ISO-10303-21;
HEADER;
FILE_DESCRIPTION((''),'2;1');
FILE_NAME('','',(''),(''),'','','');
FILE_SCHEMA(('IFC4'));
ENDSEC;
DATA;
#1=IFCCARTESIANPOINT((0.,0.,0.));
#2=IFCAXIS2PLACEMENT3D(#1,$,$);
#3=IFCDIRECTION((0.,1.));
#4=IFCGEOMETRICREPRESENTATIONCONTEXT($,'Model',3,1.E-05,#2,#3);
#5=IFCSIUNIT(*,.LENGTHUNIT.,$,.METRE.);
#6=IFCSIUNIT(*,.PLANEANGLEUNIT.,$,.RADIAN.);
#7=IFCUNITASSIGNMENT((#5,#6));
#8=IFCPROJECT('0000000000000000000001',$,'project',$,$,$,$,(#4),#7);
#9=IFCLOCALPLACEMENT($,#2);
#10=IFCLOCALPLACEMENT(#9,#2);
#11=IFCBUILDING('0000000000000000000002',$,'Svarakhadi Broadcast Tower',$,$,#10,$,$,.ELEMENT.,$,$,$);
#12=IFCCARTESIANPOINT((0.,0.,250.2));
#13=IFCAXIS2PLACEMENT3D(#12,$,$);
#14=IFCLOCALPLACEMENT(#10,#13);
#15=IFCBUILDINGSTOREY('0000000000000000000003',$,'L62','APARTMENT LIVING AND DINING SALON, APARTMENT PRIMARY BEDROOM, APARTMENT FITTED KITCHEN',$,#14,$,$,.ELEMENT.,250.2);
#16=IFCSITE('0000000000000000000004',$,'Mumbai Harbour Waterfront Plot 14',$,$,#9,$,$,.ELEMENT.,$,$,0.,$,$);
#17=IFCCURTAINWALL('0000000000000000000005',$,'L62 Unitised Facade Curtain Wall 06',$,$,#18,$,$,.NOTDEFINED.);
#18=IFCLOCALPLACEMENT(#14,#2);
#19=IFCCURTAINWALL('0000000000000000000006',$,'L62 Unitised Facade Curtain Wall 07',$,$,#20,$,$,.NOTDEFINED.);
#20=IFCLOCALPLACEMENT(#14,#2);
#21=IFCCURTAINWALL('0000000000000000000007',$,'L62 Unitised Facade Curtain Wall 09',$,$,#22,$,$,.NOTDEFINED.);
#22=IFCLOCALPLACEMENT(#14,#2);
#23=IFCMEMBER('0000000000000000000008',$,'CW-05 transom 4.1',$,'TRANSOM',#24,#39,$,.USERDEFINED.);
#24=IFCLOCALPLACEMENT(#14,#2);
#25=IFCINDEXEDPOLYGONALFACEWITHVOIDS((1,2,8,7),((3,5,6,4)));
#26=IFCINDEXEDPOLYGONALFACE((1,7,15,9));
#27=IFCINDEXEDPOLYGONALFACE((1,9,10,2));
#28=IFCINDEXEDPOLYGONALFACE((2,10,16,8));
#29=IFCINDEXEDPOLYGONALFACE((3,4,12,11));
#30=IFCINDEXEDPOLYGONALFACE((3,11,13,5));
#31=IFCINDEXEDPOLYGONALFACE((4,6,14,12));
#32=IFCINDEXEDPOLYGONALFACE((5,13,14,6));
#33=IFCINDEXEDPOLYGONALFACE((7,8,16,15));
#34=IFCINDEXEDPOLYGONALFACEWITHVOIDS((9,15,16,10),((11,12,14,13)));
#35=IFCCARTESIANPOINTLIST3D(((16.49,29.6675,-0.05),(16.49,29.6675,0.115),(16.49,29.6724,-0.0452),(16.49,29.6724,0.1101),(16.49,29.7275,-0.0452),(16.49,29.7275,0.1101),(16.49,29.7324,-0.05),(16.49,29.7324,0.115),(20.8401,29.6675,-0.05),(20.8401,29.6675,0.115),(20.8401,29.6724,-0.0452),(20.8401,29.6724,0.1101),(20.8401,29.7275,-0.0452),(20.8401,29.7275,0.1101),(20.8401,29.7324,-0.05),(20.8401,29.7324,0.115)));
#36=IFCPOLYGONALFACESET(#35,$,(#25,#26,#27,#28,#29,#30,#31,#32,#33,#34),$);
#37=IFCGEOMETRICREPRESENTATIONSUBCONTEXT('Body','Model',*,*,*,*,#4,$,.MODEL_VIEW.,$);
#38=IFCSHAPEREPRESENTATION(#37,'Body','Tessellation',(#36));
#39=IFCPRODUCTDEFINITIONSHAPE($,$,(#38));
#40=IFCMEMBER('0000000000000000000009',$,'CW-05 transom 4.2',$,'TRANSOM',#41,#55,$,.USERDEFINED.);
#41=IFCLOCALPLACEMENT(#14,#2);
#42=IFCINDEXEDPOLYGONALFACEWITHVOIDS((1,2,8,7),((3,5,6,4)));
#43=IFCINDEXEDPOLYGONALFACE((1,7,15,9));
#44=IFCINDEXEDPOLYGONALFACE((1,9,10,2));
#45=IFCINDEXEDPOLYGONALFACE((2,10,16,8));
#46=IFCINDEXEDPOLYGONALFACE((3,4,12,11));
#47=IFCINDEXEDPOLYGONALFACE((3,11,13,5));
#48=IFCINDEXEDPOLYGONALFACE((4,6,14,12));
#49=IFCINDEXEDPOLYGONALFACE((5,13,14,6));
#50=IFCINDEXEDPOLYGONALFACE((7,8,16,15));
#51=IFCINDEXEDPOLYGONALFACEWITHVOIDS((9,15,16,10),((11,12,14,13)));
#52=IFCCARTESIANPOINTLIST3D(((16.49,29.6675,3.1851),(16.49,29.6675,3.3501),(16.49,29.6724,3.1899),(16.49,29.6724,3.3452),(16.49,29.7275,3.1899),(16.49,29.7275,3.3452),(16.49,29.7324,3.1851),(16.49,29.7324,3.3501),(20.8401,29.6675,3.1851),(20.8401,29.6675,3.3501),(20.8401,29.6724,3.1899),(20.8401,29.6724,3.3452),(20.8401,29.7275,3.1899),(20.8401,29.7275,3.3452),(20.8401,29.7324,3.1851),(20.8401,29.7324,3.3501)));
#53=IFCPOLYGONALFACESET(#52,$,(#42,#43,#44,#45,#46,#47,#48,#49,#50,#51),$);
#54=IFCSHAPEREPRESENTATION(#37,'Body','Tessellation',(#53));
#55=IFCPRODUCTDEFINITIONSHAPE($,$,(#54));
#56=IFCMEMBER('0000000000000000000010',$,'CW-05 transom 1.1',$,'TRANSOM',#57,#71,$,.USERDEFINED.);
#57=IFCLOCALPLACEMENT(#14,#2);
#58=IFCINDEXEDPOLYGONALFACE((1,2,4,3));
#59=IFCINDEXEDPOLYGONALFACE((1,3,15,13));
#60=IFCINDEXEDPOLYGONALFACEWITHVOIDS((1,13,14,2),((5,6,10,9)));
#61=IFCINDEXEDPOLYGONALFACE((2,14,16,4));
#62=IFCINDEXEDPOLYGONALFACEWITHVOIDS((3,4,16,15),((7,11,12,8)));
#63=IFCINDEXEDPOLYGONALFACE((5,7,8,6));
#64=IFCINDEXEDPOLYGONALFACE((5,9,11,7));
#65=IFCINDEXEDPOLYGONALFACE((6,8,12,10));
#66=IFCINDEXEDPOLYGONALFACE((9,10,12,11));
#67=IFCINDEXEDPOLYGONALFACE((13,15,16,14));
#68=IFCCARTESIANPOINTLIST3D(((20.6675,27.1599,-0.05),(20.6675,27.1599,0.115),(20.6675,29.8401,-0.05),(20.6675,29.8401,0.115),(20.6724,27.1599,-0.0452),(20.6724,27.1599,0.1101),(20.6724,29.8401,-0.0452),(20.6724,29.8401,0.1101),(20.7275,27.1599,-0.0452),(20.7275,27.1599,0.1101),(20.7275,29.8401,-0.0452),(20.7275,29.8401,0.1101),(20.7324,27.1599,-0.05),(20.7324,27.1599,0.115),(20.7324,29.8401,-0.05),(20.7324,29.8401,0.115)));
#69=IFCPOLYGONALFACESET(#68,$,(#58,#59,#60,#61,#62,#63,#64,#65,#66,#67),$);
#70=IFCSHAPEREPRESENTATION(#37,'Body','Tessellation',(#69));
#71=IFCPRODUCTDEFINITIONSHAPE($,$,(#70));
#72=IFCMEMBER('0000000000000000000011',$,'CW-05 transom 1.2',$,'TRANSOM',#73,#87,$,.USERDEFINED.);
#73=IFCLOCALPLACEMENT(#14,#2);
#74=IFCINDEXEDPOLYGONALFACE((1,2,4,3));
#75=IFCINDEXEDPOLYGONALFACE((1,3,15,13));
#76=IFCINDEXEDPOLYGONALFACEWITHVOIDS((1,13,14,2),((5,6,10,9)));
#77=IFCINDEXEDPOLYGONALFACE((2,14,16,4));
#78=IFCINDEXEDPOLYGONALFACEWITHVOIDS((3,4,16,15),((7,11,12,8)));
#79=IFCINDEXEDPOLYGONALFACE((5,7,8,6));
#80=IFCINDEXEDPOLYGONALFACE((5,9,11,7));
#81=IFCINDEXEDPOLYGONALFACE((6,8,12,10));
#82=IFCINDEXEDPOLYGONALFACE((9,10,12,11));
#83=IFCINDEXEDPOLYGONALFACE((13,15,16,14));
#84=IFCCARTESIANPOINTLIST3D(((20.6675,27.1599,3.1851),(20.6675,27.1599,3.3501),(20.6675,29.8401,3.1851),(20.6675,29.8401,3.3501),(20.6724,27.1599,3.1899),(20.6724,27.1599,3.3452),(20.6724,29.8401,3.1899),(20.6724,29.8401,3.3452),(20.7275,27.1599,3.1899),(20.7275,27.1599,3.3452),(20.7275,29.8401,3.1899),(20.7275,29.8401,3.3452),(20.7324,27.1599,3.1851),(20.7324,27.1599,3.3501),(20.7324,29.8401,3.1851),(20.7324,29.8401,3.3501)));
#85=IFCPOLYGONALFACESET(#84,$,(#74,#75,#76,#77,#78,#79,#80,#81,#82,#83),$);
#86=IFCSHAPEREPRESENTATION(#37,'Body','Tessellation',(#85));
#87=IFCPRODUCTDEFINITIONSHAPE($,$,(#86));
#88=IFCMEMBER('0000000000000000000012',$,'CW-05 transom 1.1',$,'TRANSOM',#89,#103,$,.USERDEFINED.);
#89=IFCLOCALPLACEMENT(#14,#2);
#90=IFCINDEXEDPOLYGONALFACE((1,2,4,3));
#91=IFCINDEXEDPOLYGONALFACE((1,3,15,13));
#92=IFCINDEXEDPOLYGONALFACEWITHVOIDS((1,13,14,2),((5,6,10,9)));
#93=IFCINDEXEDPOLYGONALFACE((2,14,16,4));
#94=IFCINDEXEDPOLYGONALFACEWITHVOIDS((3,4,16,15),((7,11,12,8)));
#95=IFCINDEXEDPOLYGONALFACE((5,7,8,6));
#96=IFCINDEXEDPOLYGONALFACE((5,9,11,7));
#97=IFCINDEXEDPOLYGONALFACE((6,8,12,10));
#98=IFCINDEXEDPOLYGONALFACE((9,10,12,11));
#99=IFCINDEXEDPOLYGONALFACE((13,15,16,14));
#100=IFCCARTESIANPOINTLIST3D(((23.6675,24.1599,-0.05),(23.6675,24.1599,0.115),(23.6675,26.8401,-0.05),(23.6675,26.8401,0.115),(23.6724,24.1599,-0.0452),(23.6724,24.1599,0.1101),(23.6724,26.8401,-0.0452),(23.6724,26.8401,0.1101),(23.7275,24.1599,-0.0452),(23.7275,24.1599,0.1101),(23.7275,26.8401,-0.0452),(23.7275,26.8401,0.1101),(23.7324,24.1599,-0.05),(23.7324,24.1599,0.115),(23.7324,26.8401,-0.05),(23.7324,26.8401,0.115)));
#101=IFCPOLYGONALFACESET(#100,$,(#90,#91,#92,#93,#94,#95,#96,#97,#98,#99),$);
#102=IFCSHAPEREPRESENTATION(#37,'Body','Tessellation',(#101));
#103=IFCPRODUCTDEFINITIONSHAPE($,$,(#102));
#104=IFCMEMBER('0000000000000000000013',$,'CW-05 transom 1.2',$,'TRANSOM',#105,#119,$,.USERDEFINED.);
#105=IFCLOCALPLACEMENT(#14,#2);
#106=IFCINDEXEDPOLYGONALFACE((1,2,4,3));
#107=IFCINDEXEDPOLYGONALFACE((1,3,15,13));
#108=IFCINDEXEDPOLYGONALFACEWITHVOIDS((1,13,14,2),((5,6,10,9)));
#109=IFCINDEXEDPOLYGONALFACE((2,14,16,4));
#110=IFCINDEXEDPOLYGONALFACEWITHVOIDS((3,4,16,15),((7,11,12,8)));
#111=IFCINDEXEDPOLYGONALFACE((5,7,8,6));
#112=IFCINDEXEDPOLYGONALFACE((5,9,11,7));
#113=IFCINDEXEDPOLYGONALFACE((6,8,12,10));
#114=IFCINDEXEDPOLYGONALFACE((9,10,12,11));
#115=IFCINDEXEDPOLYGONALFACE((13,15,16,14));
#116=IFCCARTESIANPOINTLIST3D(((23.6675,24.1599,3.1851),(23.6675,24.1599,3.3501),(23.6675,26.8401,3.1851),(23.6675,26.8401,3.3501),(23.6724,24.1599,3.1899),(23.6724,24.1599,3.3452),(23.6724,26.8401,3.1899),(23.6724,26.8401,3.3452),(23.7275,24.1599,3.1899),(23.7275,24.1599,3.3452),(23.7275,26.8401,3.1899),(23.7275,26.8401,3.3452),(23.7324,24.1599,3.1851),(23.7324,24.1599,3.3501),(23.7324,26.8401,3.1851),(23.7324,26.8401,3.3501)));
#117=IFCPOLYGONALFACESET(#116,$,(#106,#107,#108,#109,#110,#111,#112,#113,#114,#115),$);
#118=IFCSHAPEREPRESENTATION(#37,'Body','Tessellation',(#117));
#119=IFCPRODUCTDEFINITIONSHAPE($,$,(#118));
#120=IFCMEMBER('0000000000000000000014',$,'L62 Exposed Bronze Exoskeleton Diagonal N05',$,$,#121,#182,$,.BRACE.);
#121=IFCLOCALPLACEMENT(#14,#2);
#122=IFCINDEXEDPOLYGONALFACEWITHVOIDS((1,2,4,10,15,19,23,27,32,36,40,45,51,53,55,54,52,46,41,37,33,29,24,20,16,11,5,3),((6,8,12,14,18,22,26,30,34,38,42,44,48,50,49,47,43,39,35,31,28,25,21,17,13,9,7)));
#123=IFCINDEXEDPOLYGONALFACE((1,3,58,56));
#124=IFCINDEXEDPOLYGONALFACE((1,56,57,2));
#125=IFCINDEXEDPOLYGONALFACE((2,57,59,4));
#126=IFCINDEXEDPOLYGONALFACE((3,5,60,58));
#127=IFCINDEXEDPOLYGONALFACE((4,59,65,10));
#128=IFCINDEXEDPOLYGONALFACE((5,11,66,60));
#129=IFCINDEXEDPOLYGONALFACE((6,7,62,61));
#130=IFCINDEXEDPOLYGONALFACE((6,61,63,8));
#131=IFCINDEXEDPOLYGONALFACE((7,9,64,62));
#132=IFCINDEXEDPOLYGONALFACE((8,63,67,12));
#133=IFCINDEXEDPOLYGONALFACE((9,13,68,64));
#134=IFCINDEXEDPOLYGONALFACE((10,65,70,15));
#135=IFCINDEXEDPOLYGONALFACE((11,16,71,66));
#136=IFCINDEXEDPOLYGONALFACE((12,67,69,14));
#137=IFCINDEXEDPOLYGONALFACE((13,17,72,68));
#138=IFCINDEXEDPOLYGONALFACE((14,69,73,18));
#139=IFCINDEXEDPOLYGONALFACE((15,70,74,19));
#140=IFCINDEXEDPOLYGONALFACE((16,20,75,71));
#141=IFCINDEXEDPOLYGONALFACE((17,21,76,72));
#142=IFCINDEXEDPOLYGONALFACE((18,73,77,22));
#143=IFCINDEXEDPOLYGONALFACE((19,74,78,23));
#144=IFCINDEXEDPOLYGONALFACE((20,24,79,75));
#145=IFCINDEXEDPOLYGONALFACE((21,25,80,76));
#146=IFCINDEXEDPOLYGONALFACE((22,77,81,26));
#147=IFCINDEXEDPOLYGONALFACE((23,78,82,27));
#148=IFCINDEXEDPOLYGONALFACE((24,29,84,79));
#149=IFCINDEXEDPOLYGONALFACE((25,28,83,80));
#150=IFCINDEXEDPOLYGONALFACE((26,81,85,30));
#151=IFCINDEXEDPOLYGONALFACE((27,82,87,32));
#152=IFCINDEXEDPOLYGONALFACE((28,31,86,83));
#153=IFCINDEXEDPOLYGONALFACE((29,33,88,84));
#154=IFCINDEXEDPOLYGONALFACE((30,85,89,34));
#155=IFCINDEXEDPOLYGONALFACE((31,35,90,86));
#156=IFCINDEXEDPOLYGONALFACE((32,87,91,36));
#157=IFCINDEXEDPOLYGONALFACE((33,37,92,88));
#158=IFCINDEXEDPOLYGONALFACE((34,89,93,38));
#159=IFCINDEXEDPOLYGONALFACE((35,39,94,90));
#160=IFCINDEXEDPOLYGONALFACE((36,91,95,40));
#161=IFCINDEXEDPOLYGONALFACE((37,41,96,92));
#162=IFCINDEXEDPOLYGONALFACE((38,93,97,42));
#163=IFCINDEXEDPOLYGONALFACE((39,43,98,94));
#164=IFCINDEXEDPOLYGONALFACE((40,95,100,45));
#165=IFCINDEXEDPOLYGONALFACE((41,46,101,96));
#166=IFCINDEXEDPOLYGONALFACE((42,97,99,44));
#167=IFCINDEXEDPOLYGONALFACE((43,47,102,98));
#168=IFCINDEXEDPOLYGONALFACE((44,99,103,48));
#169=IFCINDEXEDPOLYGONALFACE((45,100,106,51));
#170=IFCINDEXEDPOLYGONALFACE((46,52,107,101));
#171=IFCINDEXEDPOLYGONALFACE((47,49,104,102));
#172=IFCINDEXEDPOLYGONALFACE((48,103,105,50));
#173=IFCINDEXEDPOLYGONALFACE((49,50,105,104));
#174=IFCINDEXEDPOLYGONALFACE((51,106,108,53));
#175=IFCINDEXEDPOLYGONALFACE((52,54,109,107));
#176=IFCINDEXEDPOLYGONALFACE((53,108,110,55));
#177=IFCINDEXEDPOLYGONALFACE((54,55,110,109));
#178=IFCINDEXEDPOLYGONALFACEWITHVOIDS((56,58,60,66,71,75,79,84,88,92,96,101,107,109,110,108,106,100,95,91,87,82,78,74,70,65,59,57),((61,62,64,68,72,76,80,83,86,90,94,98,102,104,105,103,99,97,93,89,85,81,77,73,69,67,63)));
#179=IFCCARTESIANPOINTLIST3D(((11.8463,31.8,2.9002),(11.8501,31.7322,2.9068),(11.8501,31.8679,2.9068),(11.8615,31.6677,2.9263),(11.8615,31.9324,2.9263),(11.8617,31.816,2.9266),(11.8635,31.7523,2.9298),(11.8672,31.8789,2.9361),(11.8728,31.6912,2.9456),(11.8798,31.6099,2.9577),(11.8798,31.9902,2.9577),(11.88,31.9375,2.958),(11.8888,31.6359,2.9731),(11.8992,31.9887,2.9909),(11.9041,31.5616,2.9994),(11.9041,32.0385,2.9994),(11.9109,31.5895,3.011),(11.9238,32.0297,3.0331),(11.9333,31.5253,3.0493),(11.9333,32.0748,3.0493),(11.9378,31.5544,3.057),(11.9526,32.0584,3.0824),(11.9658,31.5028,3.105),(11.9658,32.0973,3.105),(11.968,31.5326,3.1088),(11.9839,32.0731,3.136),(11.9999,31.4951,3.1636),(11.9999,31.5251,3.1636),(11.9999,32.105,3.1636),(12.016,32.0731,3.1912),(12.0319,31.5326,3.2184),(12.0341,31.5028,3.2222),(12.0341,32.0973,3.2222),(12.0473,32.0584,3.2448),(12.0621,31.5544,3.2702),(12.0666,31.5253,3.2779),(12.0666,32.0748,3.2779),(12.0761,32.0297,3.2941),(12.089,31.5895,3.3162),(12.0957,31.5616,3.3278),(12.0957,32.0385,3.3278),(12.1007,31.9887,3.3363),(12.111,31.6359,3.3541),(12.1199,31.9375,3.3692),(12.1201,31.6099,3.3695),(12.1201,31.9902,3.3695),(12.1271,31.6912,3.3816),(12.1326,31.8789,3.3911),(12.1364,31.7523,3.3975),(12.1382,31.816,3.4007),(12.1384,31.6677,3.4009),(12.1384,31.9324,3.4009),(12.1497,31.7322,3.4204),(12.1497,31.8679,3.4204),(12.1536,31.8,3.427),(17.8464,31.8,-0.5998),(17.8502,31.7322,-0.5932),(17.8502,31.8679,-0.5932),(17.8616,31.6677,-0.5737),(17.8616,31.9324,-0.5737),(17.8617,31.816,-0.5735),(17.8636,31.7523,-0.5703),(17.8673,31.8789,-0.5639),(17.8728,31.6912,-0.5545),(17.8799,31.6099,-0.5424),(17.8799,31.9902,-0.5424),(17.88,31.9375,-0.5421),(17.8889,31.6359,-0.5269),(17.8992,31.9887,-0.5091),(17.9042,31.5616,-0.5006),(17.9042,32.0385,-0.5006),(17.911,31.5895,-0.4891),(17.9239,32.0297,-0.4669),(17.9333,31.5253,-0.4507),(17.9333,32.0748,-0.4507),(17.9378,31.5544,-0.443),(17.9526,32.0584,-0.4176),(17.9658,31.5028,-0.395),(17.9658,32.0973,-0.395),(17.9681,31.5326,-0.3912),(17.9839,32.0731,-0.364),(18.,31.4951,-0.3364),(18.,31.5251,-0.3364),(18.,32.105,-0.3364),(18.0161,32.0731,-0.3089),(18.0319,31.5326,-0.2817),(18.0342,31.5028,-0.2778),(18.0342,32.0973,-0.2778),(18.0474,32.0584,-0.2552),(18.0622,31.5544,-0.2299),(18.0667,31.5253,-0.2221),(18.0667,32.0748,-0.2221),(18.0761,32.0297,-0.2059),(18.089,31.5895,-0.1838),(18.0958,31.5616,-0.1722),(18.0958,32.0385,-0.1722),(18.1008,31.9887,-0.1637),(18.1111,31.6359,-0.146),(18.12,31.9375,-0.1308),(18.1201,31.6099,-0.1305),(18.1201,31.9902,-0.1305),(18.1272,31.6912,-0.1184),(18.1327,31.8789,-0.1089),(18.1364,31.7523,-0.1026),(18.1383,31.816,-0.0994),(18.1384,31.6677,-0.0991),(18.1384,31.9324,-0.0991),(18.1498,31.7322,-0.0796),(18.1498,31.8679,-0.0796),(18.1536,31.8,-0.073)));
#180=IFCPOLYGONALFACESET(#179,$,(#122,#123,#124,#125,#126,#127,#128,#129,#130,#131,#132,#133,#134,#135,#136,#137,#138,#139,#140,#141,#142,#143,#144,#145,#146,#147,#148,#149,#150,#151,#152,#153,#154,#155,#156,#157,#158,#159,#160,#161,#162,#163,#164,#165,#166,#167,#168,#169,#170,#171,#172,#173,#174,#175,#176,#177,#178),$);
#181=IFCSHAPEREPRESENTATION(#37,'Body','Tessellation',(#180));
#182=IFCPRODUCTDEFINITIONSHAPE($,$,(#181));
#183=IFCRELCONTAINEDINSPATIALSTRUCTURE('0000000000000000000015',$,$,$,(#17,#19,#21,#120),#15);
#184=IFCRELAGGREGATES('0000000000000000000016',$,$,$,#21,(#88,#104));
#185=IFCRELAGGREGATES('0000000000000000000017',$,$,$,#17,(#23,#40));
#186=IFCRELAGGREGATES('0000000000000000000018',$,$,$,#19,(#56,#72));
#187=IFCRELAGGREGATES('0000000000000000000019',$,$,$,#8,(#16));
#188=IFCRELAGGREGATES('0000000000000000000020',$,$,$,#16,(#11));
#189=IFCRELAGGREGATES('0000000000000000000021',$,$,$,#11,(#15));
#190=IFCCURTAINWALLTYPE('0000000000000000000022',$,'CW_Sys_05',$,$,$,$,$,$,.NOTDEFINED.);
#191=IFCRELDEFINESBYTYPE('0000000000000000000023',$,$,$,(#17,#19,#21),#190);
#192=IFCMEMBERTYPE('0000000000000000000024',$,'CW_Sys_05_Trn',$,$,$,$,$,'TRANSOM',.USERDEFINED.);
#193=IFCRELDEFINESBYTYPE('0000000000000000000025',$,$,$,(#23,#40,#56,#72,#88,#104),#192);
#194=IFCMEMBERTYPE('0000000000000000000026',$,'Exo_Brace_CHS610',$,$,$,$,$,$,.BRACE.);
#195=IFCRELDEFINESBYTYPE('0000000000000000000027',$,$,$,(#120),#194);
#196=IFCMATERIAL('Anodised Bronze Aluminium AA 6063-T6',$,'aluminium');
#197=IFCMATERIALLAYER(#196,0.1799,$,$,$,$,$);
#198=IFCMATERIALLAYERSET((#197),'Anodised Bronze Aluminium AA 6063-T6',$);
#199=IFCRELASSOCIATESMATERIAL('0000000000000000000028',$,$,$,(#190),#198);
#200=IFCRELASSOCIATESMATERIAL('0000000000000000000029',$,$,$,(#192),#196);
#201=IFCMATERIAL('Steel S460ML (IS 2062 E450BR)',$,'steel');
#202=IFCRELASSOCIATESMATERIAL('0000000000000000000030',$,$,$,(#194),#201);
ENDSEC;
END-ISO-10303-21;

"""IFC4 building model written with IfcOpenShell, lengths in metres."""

from ifc_helpers import new_model, si_unit, direction, frame, origin, origin_2d, place, context, subcontext, project, spatial, hollow_rectangle, hollow_circle, extrude, material, layer, layer_set, material_profile, profile_set, type_object, element, aggregate, save


model = new_model("IFC4")

# Units and contexts
model_context = context("Model", 3, precision=1e-05, world=origin(), true_north=direction((0.0, 1.0)))
body_context = subcontext(model_context, "Body", "Model", "MODEL_VIEW")
ifc_project = project(units=[si_unit("LENGTHUNIT", "METRE"), si_unit("PLANEANGLEUNIT", "RADIAN")], contexts=[model_context])

# Site, building, storey
site_placement = place(None, origin())
site = spatial("IfcSite", under=ifc_project, at=site_placement, Name="Mumbai Harbour Waterfront Plot 14", CompositionType="ELEMENT", RefElevation=0.0)
building_placement = place(site_placement, origin())
building = spatial("IfcBuilding", under=site, at=building_placement, Name="Svarakhadi Broadcast Tower", CompositionType="ELEMENT")
storey_placement = place(building_placement, frame((0.0, 0.0, 250.2)))
storey = spatial("IfcBuildingStorey", under=building, at=storey_placement, Name="L62", Description="APARTMENT LIVING AND DINING SALON, APARTMENT PRIMARY BEDROOM, APARTMENT FITTED KITCHEN", CompositionType="ELEMENT", Elevation=250.2)

# Shared definitions
ifc_material_1 = material(Name="Steel S460ML (IS 2062 E450BR)", Category="steel")

# Curtain walls
ifc_material_2 = material(Name="Anodised Bronze Aluminium AA 6063-T6", Category="aluminium")
ifc_layer_1 = layer(ifc_material_2, 0.1799)
ifc_layer_set_1 = layer_set([ifc_layer_1], Name="Anodised Bronze Aluminium AA 6063-T6")
curtain_wall_type = type_object("IfcCurtainWallType", Name="CW_Sys_05", PredefinedType="NOTDEFINED", material=ifc_layer_set_1)
curtain_wall_1_placement = place(storey_placement, origin())
curtain_wall_1 = element("IfcCurtainWall", 1, at=curtain_wall_1_placement, inside=storey, type_object=curtain_wall_type, Name="L62 Unitised Facade Curtain Wall 06", PredefinedType="NOTDEFINED")
curtain_wall_2_placement = place(storey_placement, origin())
curtain_wall_2 = element("IfcCurtainWall", 2, at=curtain_wall_2_placement, inside=storey, type_object=curtain_wall_type, Name="L62 Unitised Facade Curtain Wall 07", PredefinedType="NOTDEFINED")

# Curtain wall
curtain_wall_3_placement = place(storey_placement, origin())
curtain_wall_3 = element("IfcCurtainWall", 3, at=curtain_wall_3_placement, inside=storey, type_object=curtain_wall_type, Name="L62 Unitised Facade Curtain Wall 09", PredefinedType="NOTDEFINED")

# Members
ifc_material_profile_1 = material_profile(ifc_material_2, hollow_rectangle(XDim=0.0649, YDim=0.165, WallThickness=0.0049, at=origin_2d()), Name="ALU TRANSOM 165x65x5")
ifc_profile_set_1 = profile_set([ifc_material_profile_1], Name="Anodised Bronze Aluminium AA 6063-T6")
member_type_1 = type_object("IfcMemberType", Name="CW_Sys_05_Trn", ElementType="TRANSOM", PredefinedType="USERDEFINED", material=ifc_profile_set_1)
member_1_placement = place(storey_placement, frame((16.49, 29.7, 0.0325), z_axis=(1.0, 0.0, 0.0), x_axis=(0.0, 1.0, 0.0)))
member_1 = element("IfcMember", 4, at=member_1_placement, type_object=member_type_1, Name="CW-05 transom 4.1", ObjectType="TRANSOM", PredefinedType="USERDEFINED", context=body_context, shape_type="SweptSolid", body=[
    extrude(hollow_rectangle(XDim=0.0649, YDim=0.165, WallThickness=0.0049, at=origin_2d()), origin(), (0.0, 0.0, 1.0), 4.3501),
])
member_2_placement = place(storey_placement, frame((16.49, 29.7, 3.2676), z_axis=(1.0, 0.0, 0.0), x_axis=(0.0, 1.0, 0.0)))
member_2 = element("IfcMember", 5, at=member_2_placement, type_object=member_type_1, Name="CW-05 transom 4.2", ObjectType="TRANSOM", PredefinedType="USERDEFINED", context=body_context, shape_type="SweptSolid", body=[
    extrude(hollow_rectangle(XDim=0.0649, YDim=0.165, WallThickness=0.0049, at=origin_2d()), origin(), (0.0, 0.0, 1.0), 4.3501),
])
member_3_placement = place(storey_placement, frame((20.7, 29.8401, 0.0325), z_axis=(0.0, -1.0, 0.0), x_axis=(1.0, 0.0, 0.0)))
member_3 = element("IfcMember", 6, at=member_3_placement, type_object=member_type_1, Name="CW-05 transom 1.1", ObjectType="TRANSOM", PredefinedType="USERDEFINED", context=body_context, shape_type="SweptSolid", body=[
    extrude(hollow_rectangle(XDim=0.0649, YDim=0.165, WallThickness=0.0049, at=origin_2d()), origin(), (0.0, 0.0, 1.0), 2.6802),
])
member_4_placement = place(storey_placement, frame((20.7, 29.8401, 3.2676), z_axis=(0.0, -1.0, 0.0), x_axis=(1.0, 0.0, 0.0)))
member_4 = element("IfcMember", 7, at=member_4_placement, type_object=member_type_1, Name="CW-05 transom 1.2", ObjectType="TRANSOM", PredefinedType="USERDEFINED", context=body_context, shape_type="SweptSolid", body=[
    extrude(hollow_rectangle(XDim=0.0649, YDim=0.165, WallThickness=0.0049, at=origin_2d()), origin(), (0.0, 0.0, 1.0), 2.6802),
])
member_5_placement = place(storey_placement, frame((23.7, 26.8401, 0.0325), z_axis=(0.0, -1.0, 0.0), x_axis=(1.0, 0.0, 0.0)))
member_5 = element("IfcMember", 8, at=member_5_placement, type_object=member_type_1, Name="CW-05 transom 1.1", ObjectType="TRANSOM", PredefinedType="USERDEFINED", context=body_context, shape_type="SweptSolid", body=[
    extrude(hollow_rectangle(XDim=0.0649, YDim=0.165, WallThickness=0.0049, at=origin_2d()), origin(), (0.0, 0.0, 1.0), 2.6802),
])
member_6_placement = place(storey_placement, frame((23.7, 26.8401, 3.2676), z_axis=(0.0, -1.0, 0.0), x_axis=(1.0, 0.0, 0.0)))
member_6 = element("IfcMember", 9, at=member_6_placement, type_object=member_type_1, Name="CW-05 transom 1.2", ObjectType="TRANSOM", PredefinedType="USERDEFINED", context=body_context, shape_type="SweptSolid", body=[
    extrude(hollow_rectangle(XDim=0.0649, YDim=0.165, WallThickness=0.0049, at=origin_2d()), origin(), (0.0, 0.0, 1.0), 2.6802),
])
aggregate(curtain_wall_3, [member_5, member_6])

# Member
ifc_material_profile_2 = material_profile(ifc_material_1, hollow_circle(Radius=0.3049, WallThickness=0.03, at=origin_2d()), Name="CHS 610x30")
ifc_profile_set_2 = profile_set([ifc_material_profile_2], Name="Steel S460ML (IS 2062 E450BR)")
member_type_2 = type_object("IfcMemberType", Name="Exo_Brace_CHS610", PredefinedType="BRACE", material=ifc_profile_set_2)
member_7_placement = place(storey_placement, frame((18.0, 31.8, -0.3364), z_axis=(-0.863779, 0.0, 0.503871), x_axis=(0.0, -1.0, 0.0)))
element("IfcMember", 10, at=member_7_placement, inside=storey, type_object=member_type_2, Name="L62 Exposed Bronze Exoskeleton Diagonal N05", PredefinedType="BRACE", context=body_context, shape_type="SweptSolid", body=[
    extrude(hollow_circle(Radius=0.3049, WallThickness=0.03, at=origin_2d()), origin(), (0.0, 0.0, 1.0), 6.9463),
])

aggregate(curtain_wall_1, [member_1, member_2])
aggregate(curtain_wall_2, [member_3, member_4])

save(model, "model.ifc")
